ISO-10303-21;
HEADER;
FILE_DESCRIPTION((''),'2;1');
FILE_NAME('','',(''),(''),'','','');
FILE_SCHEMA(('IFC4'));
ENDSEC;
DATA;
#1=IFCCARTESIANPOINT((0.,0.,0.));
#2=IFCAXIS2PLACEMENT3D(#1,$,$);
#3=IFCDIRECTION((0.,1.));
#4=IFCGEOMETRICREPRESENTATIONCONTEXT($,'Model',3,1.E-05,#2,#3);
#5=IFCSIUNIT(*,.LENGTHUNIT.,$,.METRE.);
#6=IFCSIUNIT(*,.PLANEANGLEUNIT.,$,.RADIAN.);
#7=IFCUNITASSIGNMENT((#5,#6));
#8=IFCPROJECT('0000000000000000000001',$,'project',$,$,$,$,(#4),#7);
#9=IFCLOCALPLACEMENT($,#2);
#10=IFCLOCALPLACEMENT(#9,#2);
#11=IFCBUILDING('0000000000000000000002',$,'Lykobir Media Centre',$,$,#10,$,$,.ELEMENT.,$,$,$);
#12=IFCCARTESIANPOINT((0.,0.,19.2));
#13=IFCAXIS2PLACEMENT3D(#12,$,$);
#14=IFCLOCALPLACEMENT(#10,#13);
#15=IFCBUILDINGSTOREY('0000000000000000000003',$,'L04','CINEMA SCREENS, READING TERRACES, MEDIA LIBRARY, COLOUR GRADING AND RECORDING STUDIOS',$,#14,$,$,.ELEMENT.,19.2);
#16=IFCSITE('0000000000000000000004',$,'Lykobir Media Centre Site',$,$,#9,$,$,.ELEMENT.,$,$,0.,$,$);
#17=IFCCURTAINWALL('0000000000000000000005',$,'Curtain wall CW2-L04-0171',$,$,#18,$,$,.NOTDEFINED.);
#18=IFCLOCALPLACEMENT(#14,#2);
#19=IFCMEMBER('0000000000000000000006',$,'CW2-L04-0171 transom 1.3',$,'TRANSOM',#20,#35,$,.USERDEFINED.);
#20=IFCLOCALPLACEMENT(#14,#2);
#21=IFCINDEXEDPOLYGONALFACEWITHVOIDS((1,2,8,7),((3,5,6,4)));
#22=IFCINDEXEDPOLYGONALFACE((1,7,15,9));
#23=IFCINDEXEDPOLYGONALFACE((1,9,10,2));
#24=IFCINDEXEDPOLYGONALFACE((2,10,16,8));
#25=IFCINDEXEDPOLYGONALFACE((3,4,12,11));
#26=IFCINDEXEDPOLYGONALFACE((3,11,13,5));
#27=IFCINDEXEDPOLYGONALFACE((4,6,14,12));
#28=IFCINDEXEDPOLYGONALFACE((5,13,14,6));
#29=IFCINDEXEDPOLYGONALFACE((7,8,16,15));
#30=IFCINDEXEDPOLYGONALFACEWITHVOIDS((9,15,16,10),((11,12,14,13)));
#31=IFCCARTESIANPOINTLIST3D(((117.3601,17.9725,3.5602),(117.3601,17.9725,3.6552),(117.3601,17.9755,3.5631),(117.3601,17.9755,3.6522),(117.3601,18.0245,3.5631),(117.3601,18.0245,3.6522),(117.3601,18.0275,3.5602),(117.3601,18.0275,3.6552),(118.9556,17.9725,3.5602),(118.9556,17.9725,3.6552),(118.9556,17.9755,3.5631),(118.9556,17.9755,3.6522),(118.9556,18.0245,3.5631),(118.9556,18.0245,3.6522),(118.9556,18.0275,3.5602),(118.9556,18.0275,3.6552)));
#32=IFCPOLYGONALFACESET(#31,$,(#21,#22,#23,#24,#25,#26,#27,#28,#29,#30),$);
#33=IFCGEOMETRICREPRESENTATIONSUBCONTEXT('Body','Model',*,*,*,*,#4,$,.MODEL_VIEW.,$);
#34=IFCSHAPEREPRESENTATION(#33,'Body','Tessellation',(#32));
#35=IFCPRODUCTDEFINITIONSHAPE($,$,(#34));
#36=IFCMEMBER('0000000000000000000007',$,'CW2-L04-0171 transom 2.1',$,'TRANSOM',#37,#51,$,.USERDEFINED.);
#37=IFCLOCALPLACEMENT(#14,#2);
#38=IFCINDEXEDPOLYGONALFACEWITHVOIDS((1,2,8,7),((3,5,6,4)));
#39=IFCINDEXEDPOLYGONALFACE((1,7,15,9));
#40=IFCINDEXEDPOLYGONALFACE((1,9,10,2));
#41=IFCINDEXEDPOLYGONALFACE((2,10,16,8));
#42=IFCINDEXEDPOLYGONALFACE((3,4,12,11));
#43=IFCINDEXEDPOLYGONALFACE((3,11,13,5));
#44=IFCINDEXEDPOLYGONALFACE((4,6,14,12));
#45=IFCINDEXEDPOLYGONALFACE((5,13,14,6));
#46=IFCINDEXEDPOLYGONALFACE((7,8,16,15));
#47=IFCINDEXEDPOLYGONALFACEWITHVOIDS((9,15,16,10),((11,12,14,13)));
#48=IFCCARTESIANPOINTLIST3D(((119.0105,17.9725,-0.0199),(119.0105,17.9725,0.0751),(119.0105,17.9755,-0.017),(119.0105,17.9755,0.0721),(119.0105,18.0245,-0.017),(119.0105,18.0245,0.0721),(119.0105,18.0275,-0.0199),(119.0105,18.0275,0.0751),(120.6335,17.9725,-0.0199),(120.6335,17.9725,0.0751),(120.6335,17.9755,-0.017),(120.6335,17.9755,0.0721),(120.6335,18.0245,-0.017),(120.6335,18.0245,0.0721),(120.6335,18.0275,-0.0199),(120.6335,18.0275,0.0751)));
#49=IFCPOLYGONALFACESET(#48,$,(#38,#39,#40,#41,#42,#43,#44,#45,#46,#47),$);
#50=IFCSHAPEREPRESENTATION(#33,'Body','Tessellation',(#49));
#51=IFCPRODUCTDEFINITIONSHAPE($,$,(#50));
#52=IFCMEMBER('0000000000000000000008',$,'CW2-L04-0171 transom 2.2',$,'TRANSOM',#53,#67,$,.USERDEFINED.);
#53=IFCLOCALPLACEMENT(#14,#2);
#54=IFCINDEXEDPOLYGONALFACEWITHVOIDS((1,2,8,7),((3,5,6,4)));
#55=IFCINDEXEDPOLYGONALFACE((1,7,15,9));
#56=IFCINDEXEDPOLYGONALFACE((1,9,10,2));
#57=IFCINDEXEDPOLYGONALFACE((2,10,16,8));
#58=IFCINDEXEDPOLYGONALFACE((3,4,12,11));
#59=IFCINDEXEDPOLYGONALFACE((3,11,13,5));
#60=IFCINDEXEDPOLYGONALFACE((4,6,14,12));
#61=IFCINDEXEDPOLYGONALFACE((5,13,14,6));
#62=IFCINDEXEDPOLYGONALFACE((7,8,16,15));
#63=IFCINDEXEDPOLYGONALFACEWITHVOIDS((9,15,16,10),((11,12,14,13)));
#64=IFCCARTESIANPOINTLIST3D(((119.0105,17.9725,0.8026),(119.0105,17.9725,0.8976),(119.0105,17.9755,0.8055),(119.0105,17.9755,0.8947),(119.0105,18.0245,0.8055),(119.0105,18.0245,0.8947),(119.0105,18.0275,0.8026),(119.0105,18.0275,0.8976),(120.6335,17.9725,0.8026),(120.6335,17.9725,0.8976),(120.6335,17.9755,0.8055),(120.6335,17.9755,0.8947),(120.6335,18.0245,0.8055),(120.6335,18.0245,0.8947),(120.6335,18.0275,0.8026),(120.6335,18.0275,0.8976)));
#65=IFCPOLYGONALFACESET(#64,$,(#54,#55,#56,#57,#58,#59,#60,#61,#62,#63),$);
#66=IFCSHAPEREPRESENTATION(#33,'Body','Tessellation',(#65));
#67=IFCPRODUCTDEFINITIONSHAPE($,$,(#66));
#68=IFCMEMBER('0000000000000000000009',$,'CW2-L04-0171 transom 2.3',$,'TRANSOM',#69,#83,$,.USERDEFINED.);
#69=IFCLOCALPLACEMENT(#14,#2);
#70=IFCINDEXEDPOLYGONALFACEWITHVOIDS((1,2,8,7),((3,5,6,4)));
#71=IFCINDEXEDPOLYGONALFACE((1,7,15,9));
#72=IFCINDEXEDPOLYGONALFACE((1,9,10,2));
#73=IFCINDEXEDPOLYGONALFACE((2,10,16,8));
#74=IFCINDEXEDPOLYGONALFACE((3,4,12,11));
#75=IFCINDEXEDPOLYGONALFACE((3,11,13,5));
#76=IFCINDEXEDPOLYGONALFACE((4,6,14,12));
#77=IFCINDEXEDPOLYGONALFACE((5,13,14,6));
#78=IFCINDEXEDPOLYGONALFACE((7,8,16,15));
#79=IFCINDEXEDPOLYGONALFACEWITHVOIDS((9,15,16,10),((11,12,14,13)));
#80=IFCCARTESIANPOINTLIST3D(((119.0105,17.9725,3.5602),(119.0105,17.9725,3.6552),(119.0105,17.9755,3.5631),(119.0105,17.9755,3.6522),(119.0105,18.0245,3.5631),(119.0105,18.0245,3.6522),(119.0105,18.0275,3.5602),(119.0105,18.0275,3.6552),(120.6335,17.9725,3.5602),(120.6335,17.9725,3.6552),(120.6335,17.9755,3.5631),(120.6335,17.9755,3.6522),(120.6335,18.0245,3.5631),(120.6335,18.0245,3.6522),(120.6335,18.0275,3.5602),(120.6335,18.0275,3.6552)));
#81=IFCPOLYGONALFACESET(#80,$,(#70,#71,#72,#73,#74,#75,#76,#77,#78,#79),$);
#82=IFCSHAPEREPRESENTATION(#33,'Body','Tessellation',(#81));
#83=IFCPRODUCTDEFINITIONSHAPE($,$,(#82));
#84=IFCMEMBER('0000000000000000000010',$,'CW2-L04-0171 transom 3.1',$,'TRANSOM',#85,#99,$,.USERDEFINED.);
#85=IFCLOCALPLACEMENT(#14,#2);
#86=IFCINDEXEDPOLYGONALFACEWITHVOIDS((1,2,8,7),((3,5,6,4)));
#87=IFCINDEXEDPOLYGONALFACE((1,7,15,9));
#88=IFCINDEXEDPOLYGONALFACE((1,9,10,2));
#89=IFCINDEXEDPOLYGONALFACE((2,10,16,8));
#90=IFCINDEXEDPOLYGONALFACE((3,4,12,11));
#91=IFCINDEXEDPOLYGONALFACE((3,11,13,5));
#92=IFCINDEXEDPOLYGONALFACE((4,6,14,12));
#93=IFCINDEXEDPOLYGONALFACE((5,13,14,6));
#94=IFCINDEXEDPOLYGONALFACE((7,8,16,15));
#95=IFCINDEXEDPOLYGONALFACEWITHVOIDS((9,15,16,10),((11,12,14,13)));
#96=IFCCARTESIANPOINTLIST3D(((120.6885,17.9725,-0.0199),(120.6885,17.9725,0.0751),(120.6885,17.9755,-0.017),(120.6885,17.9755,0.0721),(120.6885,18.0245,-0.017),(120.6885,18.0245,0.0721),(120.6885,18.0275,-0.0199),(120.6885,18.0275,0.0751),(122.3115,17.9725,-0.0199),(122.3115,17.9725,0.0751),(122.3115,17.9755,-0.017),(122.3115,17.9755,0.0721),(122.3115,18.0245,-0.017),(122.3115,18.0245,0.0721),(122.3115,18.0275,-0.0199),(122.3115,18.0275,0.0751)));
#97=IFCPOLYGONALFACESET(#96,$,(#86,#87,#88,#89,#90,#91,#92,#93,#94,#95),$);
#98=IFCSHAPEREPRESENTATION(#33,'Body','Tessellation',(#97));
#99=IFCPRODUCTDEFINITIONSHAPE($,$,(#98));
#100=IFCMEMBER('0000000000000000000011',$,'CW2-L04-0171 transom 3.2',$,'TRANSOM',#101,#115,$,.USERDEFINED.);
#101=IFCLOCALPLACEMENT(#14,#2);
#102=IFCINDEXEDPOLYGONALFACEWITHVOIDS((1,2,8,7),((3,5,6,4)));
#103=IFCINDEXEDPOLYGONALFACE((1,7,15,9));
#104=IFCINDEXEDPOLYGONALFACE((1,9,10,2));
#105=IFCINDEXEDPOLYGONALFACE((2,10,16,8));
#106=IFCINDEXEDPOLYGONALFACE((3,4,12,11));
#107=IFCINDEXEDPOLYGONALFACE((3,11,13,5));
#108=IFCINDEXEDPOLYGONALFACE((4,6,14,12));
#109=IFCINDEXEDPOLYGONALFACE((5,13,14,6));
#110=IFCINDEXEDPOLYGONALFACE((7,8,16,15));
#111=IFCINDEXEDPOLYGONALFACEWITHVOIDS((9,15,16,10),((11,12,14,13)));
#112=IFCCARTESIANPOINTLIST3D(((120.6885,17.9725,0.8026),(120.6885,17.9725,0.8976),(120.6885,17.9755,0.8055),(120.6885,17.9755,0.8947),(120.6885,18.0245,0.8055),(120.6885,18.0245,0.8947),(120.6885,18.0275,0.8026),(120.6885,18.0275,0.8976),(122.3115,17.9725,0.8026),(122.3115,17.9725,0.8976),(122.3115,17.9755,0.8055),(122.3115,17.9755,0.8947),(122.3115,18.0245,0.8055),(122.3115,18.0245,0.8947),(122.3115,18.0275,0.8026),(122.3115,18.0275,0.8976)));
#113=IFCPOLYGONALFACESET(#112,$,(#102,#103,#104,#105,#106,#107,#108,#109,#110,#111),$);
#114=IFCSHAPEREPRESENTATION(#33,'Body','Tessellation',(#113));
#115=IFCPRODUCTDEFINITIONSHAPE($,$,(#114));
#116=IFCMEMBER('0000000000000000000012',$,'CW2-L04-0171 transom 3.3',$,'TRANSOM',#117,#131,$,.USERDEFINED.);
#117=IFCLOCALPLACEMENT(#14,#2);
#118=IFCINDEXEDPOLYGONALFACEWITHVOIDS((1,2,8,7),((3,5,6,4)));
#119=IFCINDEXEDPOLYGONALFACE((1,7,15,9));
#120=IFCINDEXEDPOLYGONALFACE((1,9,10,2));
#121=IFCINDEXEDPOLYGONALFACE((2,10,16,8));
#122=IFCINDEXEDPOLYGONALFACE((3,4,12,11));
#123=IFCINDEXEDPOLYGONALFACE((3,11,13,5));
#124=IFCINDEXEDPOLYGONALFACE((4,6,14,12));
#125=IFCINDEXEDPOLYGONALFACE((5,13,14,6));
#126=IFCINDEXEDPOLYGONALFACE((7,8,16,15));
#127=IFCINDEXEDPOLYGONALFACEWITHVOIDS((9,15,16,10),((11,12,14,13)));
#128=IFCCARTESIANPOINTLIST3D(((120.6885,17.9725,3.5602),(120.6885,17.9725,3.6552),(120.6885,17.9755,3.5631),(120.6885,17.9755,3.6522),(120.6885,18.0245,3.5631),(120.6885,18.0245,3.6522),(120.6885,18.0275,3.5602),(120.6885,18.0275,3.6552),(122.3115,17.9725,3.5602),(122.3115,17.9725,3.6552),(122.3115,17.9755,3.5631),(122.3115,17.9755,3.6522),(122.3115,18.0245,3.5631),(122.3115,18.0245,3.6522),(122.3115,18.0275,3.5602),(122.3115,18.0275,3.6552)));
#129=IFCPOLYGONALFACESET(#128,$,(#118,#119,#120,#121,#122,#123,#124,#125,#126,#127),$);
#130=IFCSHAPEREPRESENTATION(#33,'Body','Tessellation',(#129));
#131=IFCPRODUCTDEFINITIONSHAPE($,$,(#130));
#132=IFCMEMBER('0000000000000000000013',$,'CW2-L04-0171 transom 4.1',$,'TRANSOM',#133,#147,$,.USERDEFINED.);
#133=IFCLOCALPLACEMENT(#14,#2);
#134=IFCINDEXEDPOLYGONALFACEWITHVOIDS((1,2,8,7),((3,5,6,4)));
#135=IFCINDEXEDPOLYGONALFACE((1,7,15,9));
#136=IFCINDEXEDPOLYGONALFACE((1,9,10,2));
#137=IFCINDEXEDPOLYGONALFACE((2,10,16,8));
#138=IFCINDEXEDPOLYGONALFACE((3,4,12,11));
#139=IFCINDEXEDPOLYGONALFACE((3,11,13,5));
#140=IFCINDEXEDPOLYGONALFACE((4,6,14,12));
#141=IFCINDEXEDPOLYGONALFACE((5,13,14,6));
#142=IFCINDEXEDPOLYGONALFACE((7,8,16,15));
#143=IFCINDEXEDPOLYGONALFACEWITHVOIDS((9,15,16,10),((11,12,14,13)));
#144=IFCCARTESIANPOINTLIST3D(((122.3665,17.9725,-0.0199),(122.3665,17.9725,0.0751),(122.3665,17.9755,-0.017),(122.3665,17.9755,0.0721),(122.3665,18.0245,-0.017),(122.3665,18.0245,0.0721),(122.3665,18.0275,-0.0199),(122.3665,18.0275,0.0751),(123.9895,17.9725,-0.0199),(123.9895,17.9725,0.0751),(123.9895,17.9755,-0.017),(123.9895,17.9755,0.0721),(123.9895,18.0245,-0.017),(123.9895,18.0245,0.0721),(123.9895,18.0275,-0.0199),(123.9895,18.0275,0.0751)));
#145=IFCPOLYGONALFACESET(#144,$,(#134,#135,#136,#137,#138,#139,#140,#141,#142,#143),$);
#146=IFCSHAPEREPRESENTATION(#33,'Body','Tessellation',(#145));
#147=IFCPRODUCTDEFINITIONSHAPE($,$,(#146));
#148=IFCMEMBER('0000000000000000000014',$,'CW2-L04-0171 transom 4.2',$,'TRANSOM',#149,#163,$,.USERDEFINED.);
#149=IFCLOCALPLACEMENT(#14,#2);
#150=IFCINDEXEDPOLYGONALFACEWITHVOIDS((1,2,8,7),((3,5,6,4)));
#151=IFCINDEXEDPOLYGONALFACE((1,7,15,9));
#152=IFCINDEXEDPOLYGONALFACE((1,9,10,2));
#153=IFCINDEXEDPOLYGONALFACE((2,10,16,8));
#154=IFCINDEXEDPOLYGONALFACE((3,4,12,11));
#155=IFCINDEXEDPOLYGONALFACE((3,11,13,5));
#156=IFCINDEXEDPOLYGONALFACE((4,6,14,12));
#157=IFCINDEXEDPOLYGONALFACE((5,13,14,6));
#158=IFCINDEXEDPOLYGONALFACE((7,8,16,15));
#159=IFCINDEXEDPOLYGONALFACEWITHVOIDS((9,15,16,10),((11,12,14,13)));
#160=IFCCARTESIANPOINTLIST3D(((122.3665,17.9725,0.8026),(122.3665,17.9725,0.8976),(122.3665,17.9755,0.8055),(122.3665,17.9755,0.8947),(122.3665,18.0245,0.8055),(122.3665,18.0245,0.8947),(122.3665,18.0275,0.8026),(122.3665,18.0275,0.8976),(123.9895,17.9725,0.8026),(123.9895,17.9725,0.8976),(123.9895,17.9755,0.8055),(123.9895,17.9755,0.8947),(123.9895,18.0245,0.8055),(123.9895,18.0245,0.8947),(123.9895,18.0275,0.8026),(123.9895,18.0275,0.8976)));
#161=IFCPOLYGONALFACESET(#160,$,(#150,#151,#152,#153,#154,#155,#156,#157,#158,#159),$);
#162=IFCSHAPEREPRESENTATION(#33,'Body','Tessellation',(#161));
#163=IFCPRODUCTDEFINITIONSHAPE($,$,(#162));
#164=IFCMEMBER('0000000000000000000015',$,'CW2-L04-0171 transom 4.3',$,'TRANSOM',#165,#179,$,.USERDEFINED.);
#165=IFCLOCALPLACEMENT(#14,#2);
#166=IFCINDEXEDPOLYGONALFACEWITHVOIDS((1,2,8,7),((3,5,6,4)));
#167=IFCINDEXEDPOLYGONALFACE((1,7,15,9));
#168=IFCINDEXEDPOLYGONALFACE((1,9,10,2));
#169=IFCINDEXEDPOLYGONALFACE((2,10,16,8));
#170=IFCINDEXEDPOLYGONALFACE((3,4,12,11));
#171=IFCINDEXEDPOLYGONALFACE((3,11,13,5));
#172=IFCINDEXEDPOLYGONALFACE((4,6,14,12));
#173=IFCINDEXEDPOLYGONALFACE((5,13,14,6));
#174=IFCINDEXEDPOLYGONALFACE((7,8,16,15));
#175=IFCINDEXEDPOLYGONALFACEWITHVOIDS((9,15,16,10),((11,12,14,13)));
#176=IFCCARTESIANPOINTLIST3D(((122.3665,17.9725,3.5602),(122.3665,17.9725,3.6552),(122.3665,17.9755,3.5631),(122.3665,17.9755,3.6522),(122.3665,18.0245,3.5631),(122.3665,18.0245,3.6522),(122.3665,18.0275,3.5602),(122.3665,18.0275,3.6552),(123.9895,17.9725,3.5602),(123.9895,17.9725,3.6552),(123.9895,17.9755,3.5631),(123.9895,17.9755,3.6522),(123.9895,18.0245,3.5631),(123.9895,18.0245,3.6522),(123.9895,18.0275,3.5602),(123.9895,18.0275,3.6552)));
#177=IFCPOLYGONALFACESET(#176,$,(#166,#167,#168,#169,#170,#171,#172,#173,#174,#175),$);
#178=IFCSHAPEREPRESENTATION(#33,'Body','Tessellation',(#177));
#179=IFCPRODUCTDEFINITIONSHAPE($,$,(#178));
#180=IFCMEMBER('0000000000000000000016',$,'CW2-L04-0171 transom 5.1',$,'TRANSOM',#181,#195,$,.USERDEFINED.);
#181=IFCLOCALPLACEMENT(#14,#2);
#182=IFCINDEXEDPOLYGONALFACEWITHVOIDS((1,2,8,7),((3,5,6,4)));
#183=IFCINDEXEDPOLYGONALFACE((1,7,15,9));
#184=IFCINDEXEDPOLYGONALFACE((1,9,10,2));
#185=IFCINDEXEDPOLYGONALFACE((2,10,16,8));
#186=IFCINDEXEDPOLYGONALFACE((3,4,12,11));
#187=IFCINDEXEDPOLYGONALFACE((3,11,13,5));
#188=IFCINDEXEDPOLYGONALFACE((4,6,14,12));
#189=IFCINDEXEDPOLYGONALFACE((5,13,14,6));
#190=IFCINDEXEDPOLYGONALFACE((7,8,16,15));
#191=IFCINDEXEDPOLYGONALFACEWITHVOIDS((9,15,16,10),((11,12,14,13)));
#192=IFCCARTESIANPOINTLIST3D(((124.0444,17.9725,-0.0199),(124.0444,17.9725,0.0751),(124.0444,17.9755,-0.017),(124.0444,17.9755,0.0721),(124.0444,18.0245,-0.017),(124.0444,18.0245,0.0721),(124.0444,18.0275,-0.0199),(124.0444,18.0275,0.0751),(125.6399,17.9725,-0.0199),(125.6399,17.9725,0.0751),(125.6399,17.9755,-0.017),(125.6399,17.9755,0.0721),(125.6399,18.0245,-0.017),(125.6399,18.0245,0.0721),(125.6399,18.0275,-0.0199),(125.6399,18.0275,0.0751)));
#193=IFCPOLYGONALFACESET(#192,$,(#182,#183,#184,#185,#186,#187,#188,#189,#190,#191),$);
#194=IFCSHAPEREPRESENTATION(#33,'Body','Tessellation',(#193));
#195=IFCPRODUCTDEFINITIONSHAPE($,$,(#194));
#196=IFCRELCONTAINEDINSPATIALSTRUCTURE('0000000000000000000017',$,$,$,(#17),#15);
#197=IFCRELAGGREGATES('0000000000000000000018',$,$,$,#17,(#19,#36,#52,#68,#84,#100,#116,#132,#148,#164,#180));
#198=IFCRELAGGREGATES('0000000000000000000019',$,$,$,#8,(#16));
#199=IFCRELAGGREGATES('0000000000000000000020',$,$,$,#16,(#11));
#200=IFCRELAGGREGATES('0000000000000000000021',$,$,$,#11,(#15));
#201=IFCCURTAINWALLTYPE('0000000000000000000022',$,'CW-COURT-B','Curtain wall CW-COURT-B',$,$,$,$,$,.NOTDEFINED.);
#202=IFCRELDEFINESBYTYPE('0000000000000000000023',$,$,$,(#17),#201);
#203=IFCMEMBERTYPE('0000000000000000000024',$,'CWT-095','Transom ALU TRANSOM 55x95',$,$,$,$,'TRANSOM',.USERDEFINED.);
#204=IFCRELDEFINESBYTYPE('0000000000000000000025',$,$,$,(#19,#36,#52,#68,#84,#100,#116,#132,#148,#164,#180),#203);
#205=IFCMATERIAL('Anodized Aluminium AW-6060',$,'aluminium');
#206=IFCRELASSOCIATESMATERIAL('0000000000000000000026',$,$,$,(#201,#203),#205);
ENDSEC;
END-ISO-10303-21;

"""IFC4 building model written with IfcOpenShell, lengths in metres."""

from ifc_helpers import new_model, si_unit, direction, frame, origin, origin_2d, place, context, subcontext, project, spatial, hollow_rectangle, extrude, material, material_profile, profile_set, type_object, element, aggregate, save


model = new_model("IFC4")

# Units and contexts
model_context = context("Model", 3, precision=1e-05, world=origin(), true_north=direction((0.0, 1.0)))
body_context = subcontext(model_context, "Body", "Model", "MODEL_VIEW")
ifc_project = project(units=[si_unit("LENGTHUNIT", "METRE"), si_unit("PLANEANGLEUNIT", "RADIAN")], contexts=[model_context])

# Site, building, storey
site_placement = place(None, origin())
site = spatial("IfcSite", under=ifc_project, at=site_placement, Name="Lykobir Media Centre Site", CompositionType="ELEMENT", RefElevation=0.0)
building_placement = place(site_placement, origin())
building = spatial("IfcBuilding", under=site, at=building_placement, Name="Lykobir Media Centre", CompositionType="ELEMENT")
storey_placement = place(building_placement, frame((0.0, 0.0, 19.2)))
storey = spatial("IfcBuildingStorey", under=building, at=storey_placement, Name="L04", Description="CINEMA SCREENS, READING TERRACES, MEDIA LIBRARY, COLOUR GRADING AND RECORDING STUDIOS", CompositionType="ELEMENT", Elevation=19.2)

# Shared definitions
ifc_material_1 = material(Name="Anodized Aluminium AW-6060", Category="aluminium")
curtain_wall_type = type_object("IfcCurtainWallType", Name="CW-COURT-B", Description="Curtain wall CW-COURT-B", PredefinedType="NOTDEFINED", material=ifc_material_1)

# Curtain wall, members
curtain_wall_1_placement = place(storey_placement, origin())
curtain_wall_1 = element("IfcCurtainWall", 1, at=curtain_wall_1_placement, inside=storey, type_object=curtain_wall_type, Name="Curtain wall CW2-L04-0171", PredefinedType="NOTDEFINED")
ifc_material_profile_1 = material_profile(ifc_material_1, hollow_rectangle(XDim=0.0549, YDim=0.095, WallThickness=0.0029, at=origin_2d()), Name="ALU TRANSOM 55x95")
ifc_profile_set_1 = profile_set([ifc_material_profile_1], Name="Anodized Aluminium AW-6060")
member_type_1 = type_object("IfcMemberType", Name="CWT-095", Description="Transom ALU TRANSOM 55x95", ElementType="TRANSOM", PredefinedType="USERDEFINED", material=ifc_profile_set_1)
member_1_placement = place(storey_placement, frame((117.3601, 18.0, 3.6077), z_axis=(1.0, 0.0, 0.0), x_axis=(0.0, 1.0, 0.0)))
member_1 = element("IfcMember", 2, at=member_1_placement, type_object=member_type_1, Name="CW2-L04-0171 transom 1.3", ObjectType="TRANSOM", PredefinedType="USERDEFINED", context=body_context, shape_type="SweptSolid", body=[
    extrude(hollow_rectangle(XDim=0.0549, YDim=0.095, WallThickness=0.0029, at=origin_2d()), origin(), (0.0, 0.0, 1.0), 1.5955),
])
member_2_placement = place(storey_placement, frame((119.0105, 18.0, 0.0276), z_axis=(1.0, 0.0, 0.0), x_axis=(0.0, 1.0, 0.0)))
member_2 = element("IfcMember", 3, at=member_2_placement, type_object=member_type_1, Name="CW2-L04-0171 transom 2.1", ObjectType="TRANSOM", PredefinedType="USERDEFINED", context=body_context, shape_type="SweptSolid", body=[
    extrude(hollow_rectangle(XDim=0.0549, YDim=0.095, WallThickness=0.0029, at=origin_2d()), origin(), (0.0, 0.0, 1.0), 1.623),
])
member_3_placement = place(storey_placement, frame((119.0105, 18.0, 0.8501), z_axis=(1.0, 0.0, 0.0), x_axis=(0.0, 1.0, 0.0)))
member_3 = element("IfcMember", 4, at=member_3_placement, type_object=member_type_1, Name="CW2-L04-0171 transom 2.2", ObjectType="TRANSOM", PredefinedType="USERDEFINED", context=body_context, shape_type="SweptSolid", body=[
    extrude(hollow_rectangle(XDim=0.0549, YDim=0.095, WallThickness=0.0029, at=origin_2d()), origin(), (0.0, 0.0, 1.0), 1.623),
])
member_4_placement = place(storey_placement, frame((119.0105, 18.0, 3.6077), z_axis=(1.0, 0.0, 0.0), x_axis=(0.0, 1.0, 0.0)))
member_4 = element("IfcMember", 5, at=member_4_placement, type_object=member_type_1, Name="CW2-L04-0171 transom 2.3", ObjectType="TRANSOM", PredefinedType="USERDEFINED", context=body_context, shape_type="SweptSolid", body=[
    extrude(hollow_rectangle(XDim=0.0549, YDim=0.095, WallThickness=0.0029, at=origin_2d()), origin(), (0.0, 0.0, 1.0), 1.623),
])
member_5_placement = place(storey_placement, frame((120.6885, 18.0, 0.0276), z_axis=(1.0, 0.0, 0.0), x_axis=(0.0, 1.0, 0.0)))
member_5 = element("IfcMember", 6, at=member_5_placement, type_object=member_type_1, Name="CW2-L04-0171 transom 3.1", ObjectType="TRANSOM", PredefinedType="USERDEFINED", context=body_context, shape_type="SweptSolid", body=[
    extrude(hollow_rectangle(XDim=0.0549, YDim=0.095, WallThickness=0.0029, at=origin_2d()), origin(), (0.0, 0.0, 1.0), 1.623),
])
member_6_placement = place(storey_placement, frame((120.6885, 18.0, 0.8501), z_axis=(1.0, 0.0, 0.0), x_axis=(0.0, 1.0, 0.0)))
member_6 = element("IfcMember", 7, at=member_6_placement, type_object=member_type_1, Name="CW2-L04-0171 transom 3.2", ObjectType="TRANSOM", PredefinedType="USERDEFINED", context=body_context, shape_type="SweptSolid", body=[
    extrude(hollow_rectangle(XDim=0.0549, YDim=0.095, WallThickness=0.0029, at=origin_2d()), origin(), (0.0, 0.0, 1.0), 1.623),
])
member_7_placement = place(storey_placement, frame((120.6885, 18.0, 3.6077), z_axis=(1.0, 0.0, 0.0), x_axis=(0.0, 1.0, 0.0)))
member_7 = element("IfcMember", 8, at=member_7_placement, type_object=member_type_1, Name="CW2-L04-0171 transom 3.3", ObjectType="TRANSOM", PredefinedType="USERDEFINED", context=body_context, shape_type="SweptSolid", body=[
    extrude(hollow_rectangle(XDim=0.0549, YDim=0.095, WallThickness=0.0029, at=origin_2d()), origin(), (0.0, 0.0, 1.0), 1.623),
])
member_8_placement = place(storey_placement, frame((122.3665, 18.0, 0.0276), z_axis=(1.0, 0.0, 0.0), x_axis=(0.0, 1.0, 0.0)))
member_8 = element("IfcMember", 9, at=member_8_placement, type_object=member_type_1, Name="CW2-L04-0171 transom 4.1", ObjectType="TRANSOM", PredefinedType="USERDEFINED", context=body_context, shape_type="SweptSolid", body=[
    extrude(hollow_rectangle(XDim=0.0549, YDim=0.095, WallThickness=0.0029, at=origin_2d()), origin(), (0.0, 0.0, 1.0), 1.623),
])
member_9_placement = place(storey_placement, frame((122.3665, 18.0, 0.8501), z_axis=(1.0, 0.0, 0.0), x_axis=(0.0, 1.0, 0.0)))
member_9 = element("IfcMember", 10, at=member_9_placement, type_object=member_type_1, Name="CW2-L04-0171 transom 4.2", ObjectType="TRANSOM", PredefinedType="USERDEFINED", context=body_context, shape_type="SweptSolid", body=[
    extrude(hollow_rectangle(XDim=0.0549, YDim=0.095, WallThickness=0.0029, at=origin_2d()), origin(), (0.0, 0.0, 1.0), 1.623),
])
member_10_placement = place(storey_placement, frame((122.3665, 18.0, 3.6077), z_axis=(1.0, 0.0, 0.0), x_axis=(0.0, 1.0, 0.0)))
member_10 = element("IfcMember", 11, at=member_10_placement, type_object=member_type_1, Name="CW2-L04-0171 transom 4.3", ObjectType="TRANSOM", PredefinedType="USERDEFINED", context=body_context, shape_type="SweptSolid", body=[
    extrude(hollow_rectangle(XDim=0.0549, YDim=0.095, WallThickness=0.0029, at=origin_2d()), origin(), (0.0, 0.0, 1.0), 1.623),
])
member_11_placement = place(storey_placement, frame((124.0444, 18.0, 0.0276), z_axis=(1.0, 0.0, 0.0), x_axis=(0.0, 1.0, 0.0)))
member_11 = element("IfcMember", 12, at=member_11_placement, type_object=member_type_1, Name="CW2-L04-0171 transom 5.1", ObjectType="TRANSOM", PredefinedType="USERDEFINED", context=body_context, shape_type="SweptSolid", body=[
    extrude(hollow_rectangle(XDim=0.0549, YDim=0.095, WallThickness=0.0029, at=origin_2d()), origin(), (0.0, 0.0, 1.0), 1.5955),
])

aggregate(curtain_wall_1, [member_1, member_2, member_3, member_4, member_5, member_6, member_7, member_8, member_9, member_10, member_11])

save(model, "model.ifc")
